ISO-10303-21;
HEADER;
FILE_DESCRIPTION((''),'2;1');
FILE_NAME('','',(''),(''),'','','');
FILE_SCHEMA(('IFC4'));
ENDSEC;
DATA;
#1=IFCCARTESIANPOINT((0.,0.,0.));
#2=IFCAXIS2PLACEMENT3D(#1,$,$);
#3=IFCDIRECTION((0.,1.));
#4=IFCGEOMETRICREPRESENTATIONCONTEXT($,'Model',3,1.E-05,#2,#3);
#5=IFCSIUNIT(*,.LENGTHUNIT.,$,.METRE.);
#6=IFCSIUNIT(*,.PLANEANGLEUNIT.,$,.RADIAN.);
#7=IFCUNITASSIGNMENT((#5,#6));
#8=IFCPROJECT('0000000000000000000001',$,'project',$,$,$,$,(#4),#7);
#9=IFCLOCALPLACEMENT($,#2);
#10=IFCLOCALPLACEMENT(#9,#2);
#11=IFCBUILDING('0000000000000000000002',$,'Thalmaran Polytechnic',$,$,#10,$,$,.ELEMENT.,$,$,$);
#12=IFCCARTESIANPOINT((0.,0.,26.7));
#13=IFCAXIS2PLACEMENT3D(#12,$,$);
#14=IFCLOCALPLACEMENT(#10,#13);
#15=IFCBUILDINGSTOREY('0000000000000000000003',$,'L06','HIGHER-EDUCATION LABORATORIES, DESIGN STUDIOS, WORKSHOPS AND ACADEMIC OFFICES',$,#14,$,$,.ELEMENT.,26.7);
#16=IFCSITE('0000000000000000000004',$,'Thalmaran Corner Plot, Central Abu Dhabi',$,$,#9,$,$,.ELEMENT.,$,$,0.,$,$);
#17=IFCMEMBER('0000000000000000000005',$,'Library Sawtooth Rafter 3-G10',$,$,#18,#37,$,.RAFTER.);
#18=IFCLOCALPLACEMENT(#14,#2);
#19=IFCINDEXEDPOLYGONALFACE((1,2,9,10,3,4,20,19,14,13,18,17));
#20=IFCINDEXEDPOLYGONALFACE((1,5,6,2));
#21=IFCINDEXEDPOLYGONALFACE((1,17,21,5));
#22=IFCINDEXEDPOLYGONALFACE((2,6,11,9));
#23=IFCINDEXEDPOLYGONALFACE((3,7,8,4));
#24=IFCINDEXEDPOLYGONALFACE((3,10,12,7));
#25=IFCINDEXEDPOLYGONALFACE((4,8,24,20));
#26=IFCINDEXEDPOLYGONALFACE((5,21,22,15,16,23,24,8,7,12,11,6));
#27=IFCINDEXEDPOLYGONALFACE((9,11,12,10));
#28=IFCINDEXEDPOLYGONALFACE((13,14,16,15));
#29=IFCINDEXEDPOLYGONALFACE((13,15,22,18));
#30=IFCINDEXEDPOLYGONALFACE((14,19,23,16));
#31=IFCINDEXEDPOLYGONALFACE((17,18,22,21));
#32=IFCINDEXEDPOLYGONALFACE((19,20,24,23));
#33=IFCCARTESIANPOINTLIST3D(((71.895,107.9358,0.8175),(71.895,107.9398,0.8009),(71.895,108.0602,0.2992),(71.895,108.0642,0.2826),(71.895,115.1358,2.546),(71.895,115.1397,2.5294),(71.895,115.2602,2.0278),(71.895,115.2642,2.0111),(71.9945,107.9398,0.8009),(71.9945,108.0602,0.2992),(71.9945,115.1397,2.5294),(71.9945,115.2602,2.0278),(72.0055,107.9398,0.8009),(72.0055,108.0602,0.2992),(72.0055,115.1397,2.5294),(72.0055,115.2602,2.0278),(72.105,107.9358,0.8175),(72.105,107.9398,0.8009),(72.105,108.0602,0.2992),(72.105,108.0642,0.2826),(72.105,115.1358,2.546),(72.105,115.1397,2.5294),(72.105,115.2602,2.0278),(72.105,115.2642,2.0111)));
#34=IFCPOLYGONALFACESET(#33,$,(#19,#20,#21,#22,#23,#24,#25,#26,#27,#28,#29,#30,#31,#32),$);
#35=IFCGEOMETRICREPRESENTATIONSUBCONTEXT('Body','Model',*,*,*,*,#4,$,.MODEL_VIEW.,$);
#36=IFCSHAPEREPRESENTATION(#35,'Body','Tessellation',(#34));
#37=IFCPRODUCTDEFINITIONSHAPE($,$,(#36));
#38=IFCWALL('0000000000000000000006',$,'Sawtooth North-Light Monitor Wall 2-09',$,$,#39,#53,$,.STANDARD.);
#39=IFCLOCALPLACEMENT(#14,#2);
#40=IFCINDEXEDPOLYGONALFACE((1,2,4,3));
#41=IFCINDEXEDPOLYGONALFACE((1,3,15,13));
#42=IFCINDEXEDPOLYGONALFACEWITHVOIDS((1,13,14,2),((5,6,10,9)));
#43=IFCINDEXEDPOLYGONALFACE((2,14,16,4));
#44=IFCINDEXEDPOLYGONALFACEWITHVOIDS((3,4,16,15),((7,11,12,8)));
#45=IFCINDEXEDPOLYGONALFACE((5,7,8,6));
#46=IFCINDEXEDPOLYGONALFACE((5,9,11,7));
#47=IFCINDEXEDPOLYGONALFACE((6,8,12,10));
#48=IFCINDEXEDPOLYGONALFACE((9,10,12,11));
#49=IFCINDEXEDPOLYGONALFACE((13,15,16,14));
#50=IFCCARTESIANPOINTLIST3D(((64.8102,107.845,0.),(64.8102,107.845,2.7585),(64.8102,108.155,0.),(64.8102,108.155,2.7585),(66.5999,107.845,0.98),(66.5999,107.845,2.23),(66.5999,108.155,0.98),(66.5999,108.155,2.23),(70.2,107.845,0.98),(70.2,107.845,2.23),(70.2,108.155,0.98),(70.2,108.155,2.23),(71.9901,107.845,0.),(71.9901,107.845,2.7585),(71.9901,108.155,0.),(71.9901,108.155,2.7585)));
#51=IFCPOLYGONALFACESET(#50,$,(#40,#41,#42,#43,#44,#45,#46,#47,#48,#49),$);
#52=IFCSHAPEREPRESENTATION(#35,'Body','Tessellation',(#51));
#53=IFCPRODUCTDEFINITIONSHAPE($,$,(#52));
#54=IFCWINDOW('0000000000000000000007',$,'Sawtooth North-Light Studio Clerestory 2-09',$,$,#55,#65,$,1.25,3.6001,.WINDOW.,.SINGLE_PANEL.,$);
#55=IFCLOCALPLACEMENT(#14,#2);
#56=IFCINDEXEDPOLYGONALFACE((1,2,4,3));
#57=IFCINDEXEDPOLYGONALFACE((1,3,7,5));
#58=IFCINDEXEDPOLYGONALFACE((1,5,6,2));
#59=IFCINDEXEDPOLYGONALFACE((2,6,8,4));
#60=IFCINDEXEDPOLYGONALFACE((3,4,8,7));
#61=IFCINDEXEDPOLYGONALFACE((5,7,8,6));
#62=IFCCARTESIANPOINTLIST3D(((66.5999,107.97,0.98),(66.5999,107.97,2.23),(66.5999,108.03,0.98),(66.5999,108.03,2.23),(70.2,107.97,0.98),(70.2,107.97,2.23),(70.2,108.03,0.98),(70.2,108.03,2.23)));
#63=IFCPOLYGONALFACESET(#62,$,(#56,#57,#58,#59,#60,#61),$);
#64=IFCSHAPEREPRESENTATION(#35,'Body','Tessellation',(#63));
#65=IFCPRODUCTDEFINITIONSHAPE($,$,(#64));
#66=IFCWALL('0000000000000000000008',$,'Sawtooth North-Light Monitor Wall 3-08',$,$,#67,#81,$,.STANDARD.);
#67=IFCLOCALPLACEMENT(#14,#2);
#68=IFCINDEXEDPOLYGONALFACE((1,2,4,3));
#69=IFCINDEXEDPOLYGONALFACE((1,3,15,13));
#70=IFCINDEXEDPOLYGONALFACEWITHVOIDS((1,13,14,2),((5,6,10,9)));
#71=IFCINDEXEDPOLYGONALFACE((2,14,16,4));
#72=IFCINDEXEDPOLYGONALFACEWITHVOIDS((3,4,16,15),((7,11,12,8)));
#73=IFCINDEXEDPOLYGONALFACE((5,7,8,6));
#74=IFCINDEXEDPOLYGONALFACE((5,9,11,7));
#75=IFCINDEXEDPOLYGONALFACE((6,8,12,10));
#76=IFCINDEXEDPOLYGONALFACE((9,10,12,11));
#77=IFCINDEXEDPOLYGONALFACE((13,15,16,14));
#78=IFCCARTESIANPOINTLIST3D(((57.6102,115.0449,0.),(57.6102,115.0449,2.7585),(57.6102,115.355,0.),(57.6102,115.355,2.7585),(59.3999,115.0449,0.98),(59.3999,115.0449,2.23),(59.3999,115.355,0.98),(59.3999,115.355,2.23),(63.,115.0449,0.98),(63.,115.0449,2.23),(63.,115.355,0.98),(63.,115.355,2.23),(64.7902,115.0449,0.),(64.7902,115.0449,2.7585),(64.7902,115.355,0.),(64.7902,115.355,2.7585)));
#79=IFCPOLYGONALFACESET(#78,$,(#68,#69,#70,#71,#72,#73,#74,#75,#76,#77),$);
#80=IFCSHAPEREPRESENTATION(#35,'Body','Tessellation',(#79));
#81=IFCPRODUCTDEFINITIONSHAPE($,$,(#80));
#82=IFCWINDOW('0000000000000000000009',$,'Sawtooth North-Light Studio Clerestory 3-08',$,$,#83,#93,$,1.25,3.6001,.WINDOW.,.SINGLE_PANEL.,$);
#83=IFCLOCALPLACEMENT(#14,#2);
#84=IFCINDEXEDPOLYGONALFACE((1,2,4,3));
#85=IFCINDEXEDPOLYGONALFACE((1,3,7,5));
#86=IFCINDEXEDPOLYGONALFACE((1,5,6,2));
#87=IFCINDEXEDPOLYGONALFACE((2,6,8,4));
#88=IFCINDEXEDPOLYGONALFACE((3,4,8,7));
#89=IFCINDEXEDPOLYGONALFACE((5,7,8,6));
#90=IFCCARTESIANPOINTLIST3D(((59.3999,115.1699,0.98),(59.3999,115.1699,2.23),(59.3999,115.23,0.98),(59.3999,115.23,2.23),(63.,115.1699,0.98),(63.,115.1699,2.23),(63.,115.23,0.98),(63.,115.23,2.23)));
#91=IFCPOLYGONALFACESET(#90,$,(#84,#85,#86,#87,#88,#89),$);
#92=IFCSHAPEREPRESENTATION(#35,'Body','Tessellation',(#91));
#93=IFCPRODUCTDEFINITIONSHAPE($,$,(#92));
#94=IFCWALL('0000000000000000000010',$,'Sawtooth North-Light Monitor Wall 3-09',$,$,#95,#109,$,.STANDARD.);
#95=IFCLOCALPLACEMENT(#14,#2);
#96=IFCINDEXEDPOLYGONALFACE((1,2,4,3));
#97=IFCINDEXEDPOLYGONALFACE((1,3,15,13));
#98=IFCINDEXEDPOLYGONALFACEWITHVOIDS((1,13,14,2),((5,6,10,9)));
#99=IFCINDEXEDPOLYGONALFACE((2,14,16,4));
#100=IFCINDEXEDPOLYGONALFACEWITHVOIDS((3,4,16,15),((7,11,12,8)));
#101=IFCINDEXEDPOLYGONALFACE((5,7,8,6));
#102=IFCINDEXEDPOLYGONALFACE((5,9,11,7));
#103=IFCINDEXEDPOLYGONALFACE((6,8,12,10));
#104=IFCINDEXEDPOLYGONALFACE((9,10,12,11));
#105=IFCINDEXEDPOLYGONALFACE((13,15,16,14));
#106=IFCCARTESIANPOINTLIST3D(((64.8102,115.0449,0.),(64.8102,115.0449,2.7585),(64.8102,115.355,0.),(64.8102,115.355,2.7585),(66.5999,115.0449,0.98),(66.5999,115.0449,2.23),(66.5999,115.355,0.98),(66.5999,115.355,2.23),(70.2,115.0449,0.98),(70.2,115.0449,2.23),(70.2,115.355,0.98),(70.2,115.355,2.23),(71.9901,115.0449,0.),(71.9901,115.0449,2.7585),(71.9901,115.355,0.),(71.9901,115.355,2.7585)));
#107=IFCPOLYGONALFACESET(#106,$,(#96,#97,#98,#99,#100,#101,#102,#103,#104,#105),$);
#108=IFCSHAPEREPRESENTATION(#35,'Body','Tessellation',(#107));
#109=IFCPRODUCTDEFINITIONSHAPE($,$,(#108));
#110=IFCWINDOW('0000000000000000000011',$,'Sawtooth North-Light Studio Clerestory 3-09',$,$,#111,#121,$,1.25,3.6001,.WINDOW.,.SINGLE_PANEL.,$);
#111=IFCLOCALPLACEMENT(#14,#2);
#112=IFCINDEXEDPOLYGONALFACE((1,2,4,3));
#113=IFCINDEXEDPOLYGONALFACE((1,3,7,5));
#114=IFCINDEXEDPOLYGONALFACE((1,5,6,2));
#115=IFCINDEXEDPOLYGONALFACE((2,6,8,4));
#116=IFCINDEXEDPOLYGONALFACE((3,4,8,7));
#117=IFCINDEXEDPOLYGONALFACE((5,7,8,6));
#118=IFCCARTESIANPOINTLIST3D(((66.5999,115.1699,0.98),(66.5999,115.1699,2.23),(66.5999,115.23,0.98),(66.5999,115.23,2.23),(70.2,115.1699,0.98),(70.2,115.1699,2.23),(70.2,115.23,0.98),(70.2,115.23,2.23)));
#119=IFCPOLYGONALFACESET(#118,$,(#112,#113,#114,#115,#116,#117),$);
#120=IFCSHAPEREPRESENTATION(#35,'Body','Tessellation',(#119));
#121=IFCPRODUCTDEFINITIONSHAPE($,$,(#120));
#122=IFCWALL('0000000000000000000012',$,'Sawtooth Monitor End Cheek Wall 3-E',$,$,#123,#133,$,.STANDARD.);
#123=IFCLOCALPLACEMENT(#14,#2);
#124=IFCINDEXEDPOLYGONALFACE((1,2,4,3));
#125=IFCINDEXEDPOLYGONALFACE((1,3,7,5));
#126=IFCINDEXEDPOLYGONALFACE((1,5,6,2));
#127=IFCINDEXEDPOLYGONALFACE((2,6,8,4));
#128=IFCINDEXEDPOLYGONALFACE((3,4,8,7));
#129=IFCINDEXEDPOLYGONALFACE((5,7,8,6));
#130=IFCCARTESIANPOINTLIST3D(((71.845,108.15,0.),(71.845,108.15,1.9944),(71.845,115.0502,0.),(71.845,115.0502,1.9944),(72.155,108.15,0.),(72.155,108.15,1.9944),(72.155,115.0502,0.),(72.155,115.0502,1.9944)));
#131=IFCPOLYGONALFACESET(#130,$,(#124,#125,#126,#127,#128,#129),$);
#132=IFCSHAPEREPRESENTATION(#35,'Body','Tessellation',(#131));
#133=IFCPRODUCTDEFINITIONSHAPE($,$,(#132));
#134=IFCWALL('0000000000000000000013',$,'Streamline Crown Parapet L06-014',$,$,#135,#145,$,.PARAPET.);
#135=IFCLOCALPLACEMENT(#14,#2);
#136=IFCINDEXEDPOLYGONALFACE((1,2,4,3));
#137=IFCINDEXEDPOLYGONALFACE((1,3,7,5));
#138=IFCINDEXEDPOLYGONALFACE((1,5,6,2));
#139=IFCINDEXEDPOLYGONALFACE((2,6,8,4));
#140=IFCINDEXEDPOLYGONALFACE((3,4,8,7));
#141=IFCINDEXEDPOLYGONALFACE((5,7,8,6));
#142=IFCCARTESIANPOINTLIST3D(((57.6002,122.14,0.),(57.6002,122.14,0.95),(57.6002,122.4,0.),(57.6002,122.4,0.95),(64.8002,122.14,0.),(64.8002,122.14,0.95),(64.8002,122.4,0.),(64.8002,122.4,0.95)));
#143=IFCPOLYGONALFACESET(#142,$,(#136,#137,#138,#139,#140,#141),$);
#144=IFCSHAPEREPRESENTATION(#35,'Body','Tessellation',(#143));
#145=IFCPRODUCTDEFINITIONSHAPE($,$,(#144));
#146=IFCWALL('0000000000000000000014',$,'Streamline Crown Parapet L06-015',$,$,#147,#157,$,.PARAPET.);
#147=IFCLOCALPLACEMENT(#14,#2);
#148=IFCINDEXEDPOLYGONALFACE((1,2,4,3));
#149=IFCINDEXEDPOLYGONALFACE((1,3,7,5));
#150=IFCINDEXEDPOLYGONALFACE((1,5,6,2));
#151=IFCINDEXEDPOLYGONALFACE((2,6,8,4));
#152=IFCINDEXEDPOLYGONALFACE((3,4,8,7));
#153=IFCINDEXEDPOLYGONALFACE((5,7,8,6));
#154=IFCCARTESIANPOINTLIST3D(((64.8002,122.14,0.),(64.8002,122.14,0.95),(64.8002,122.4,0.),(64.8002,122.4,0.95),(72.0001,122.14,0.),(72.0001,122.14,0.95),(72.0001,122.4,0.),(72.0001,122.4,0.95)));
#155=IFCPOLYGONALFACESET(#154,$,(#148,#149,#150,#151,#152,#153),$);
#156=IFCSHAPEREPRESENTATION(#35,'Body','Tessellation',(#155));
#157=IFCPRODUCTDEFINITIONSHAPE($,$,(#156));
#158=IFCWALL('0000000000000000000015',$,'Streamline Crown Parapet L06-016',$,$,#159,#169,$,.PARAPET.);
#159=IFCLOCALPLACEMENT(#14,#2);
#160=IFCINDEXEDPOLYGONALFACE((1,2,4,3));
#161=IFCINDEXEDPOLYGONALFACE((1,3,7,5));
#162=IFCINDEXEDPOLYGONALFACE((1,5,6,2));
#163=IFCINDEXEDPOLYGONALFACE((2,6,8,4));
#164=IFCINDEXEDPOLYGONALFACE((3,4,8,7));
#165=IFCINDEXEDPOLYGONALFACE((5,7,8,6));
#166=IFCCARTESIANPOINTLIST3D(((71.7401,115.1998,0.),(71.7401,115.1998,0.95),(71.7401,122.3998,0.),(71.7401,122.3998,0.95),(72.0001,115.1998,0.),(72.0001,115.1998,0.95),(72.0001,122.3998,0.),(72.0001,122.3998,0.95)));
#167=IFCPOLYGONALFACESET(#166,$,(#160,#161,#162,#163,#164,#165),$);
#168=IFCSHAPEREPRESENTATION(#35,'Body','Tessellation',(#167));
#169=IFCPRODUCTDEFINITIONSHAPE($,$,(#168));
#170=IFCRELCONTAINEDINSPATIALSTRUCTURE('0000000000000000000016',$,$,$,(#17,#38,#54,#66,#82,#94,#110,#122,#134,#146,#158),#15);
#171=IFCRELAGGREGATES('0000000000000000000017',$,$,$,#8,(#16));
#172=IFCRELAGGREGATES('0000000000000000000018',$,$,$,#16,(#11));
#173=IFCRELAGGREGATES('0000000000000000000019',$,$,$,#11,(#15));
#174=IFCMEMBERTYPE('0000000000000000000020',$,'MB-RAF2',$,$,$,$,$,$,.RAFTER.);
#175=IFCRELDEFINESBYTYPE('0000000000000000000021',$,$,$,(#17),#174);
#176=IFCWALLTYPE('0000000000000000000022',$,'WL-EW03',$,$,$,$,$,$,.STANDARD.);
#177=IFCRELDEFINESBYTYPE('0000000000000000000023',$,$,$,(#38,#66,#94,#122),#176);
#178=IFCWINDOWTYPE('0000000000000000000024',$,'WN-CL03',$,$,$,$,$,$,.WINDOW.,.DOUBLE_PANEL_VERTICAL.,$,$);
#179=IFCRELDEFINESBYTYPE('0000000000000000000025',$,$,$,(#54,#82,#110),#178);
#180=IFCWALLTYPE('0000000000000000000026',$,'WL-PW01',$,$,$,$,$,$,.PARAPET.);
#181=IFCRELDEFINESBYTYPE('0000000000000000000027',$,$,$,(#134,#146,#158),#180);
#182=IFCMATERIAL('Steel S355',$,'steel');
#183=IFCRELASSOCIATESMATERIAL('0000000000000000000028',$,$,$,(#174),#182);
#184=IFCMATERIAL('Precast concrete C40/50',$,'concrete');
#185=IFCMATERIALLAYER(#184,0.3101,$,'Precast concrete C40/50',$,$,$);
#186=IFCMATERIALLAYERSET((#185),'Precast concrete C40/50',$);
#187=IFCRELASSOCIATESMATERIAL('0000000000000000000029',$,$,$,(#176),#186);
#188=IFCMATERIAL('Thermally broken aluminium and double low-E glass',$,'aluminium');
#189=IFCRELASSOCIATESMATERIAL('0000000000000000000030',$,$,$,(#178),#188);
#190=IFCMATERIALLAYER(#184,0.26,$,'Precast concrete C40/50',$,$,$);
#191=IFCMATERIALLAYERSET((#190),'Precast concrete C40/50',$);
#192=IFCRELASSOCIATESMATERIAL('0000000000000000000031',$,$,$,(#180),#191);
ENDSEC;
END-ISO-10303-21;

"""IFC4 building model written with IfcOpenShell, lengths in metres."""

from ifc_helpers import new_model, si_unit, direction, frame, frame_2d, origin, origin_2d, place, context, subcontext, project, spatial, rectangle, i_section, extrude, material, layer, layer_set, material_profile, profile_set, type_object, element, fill, save


model = new_model("IFC4")

# Units and contexts
model_context = context("Model", 3, precision=1e-05, world=origin(), true_north=direction((0.0, 1.0)))
body_context = subcontext(model_context, "Body", "Model", "MODEL_VIEW")
ifc_project = project(units=[si_unit("LENGTHUNIT", "METRE"), si_unit("PLANEANGLEUNIT", "RADIAN")], contexts=[model_context])

# Site, building, storey
site_placement = place(None, origin())
site = spatial("IfcSite", under=ifc_project, at=site_placement, Name="Thalmaran Corner Plot, Central Abu Dhabi", CompositionType="ELEMENT", RefElevation=0.0)
building_placement = place(site_placement, origin())
building = spatial("IfcBuilding", under=site, at=building_placement, Name="Thalmaran Polytechnic", CompositionType="ELEMENT")
storey_placement = place(building_placement, frame((0.0, 0.0, 26.7)))
storey = spatial("IfcBuildingStorey", under=building, at=storey_placement, Name="L06", Description="HIGHER-EDUCATION LABORATORIES, DESIGN STUDIOS, WORKSHOPS AND ACADEMIC OFFICES", CompositionType="ELEMENT", Elevation=26.7)

# Shared definitions
ifc_material_1 = material(Name="Steel S355", Category="steel")

# Member
ifc_material_profile_1 = material_profile(ifc_material_1, i_section(OverallWidth=0.21, OverallDepth=0.55, WebThickness=0.011, FlangeThickness=0.0171, at=origin_2d()), Name="IPE 550")
ifc_profile_set_1 = profile_set([ifc_material_profile_1], Name="Steel S355")
member_type_1 = type_object("IfcMemberType", Name="MB-RAF2", PredefinedType="RAFTER", material=ifc_profile_set_1)
for number, where, z_axis, x_axis, name in (
    (1, (72.0, 108.0, 0.55), (0.0, 0.972371, 0.23344), (-1.0, 0.0, 0.0), "Library Sawtooth Rafter 3-G10"),
):
    element("IfcMember", number, at=place(storey_placement, frame(where, z_axis=z_axis, x_axis=x_axis)), inside=storey, type_object=member_type_1, Name=name, PredefinedType="RAFTER", context=body_context, shape_type="SweptSolid", body=[
        extrude(i_section(OverallWidth=0.21, OverallDepth=0.55, WebThickness=0.011, FlangeThickness=0.0171, at=origin_2d()), origin(), (0.0, 0.0, 1.0), 7.4045),
    ])

# Walls, openings, windows
ifc_material_2 = material(Name="Precast concrete C40/50", Category="concrete")
ifc_layer_1 = layer(ifc_material_2, 0.3101, Name="Precast concrete C40/50")
ifc_layer_set_1 = layer_set([ifc_layer_1], Name="Precast concrete C40/50")
wall_type_1 = type_object("IfcWallType", Name="WL-EW03", PredefinedType="STANDARD", material=ifc_layer_set_1)
wall_1_placement = place(storey_placement, frame((71.99, 108.0, 0.0), z_axis=(0.0, 0.0, 1.0), x_axis=(-1.0, 0.0, 0.0)))
wall_1 = element("IfcWall", 2, at=wall_1_placement, inside=storey, type_object=wall_type_1, Name="Sawtooth North-Light Monitor Wall 2-09", PredefinedType="STANDARD", context=body_context, shape_type="SweptSolid", body=[
    extrude(rectangle(XDim=7.1799, YDim=0.3101, at=frame_2d((3.5898, 0.0))), origin(), (0.0, 0.0, 1.0), 2.7585),
])
opening_1_placement = place(wall_1_placement, frame((1.79, 0.0, 0.98)))
opening_1 = element("IfcOpeningElement", 3, at=opening_1_placement, cuts=wall_1, PredefinedType="OPENING", context=body_context, shape_type="SweptSolid", body=[
    extrude(rectangle(XDim=3.6001, YDim=1.25, at=frame_2d((1.8, 0.625))), frame((0.0, 0.165, 0.0), z_axis=(0.0, -1.0, 0.0), x_axis=(1.0, 0.0, 0.0)), (0.0, 0.0, 1.0), 0.3301),
])
ifc_material_3 = material(Name="Thermally broken aluminium and double low-E glass", Category="aluminium")
window_type = type_object("IfcWindowType", Name="WN-CL03", PartitioningType="DOUBLE_PANEL_VERTICAL", PredefinedType="WINDOW", material=ifc_material_3)
window_1_placement = place(opening_1_placement, origin())
window_1 = element("IfcWindow", 4, at=window_1_placement, inside=storey, type_object=window_type, Name="Sawtooth North-Light Studio Clerestory 2-09", OverallHeight=1.25, OverallWidth=3.6001, PartitioningType="SINGLE_PANEL", PredefinedType="WINDOW", context=body_context, shape_type="SweptSolid", body=[
    extrude(rectangle(XDim=3.6001, YDim=1.25, at=frame_2d((1.8, 0.625))), frame((0.0, 0.03, 0.0), z_axis=(0.0, -1.0, 0.0), x_axis=(1.0, 0.0, 0.0)), (0.0, 0.0, 1.0), 0.0601),
])
fill(opening_1, window_1)
wall_2_placement = place(storey_placement, frame((64.79, 115.2, 0.0), z_axis=(0.0, 0.0, 1.0), x_axis=(-1.0, 0.0, 0.0)))
wall_2 = element("IfcWall", 5, at=wall_2_placement, inside=storey, type_object=wall_type_1, Name="Sawtooth North-Light Monitor Wall 3-08", PredefinedType="STANDARD", context=body_context, shape_type="SweptSolid", body=[
    extrude(rectangle(XDim=7.1799, YDim=0.3101, at=frame_2d((3.5898, 0.0))), origin(), (0.0, 0.0, 1.0), 2.7585),
])
opening_2_placement = place(wall_2_placement, frame((1.79, 0.0, 0.98)))
opening_2 = element("IfcOpeningElement", 6, at=opening_2_placement, cuts=wall_2, PredefinedType="OPENING", context=body_context, shape_type="SweptSolid", body=[
    extrude(rectangle(XDim=3.6001, YDim=1.25, at=frame_2d((1.8, 0.625))), frame((0.0, 0.165, 0.0), z_axis=(0.0, -1.0, 0.0), x_axis=(1.0, 0.0, 0.0)), (0.0, 0.0, 1.0), 0.3301),
])
window_2_placement = place(opening_2_placement, origin())
window_2 = element("IfcWindow", 7, at=window_2_placement, inside=storey, type_object=window_type, Name="Sawtooth North-Light Studio Clerestory 3-08", OverallHeight=1.25, OverallWidth=3.6001, PartitioningType="SINGLE_PANEL", PredefinedType="WINDOW", context=body_context, shape_type="SweptSolid", body=[
    extrude(rectangle(XDim=3.6001, YDim=1.25, at=frame_2d((1.8, 0.625))), frame((0.0, 0.03, 0.0), z_axis=(0.0, -1.0, 0.0), x_axis=(1.0, 0.0, 0.0)), (0.0, 0.0, 1.0), 0.0601),
])
fill(opening_2, window_2)
wall_3_placement = place(storey_placement, frame((71.99, 115.2, 0.0), z_axis=(0.0, 0.0, 1.0), x_axis=(-1.0, 0.0, 0.0)))
wall_3 = element("IfcWall", 8, at=wall_3_placement, inside=storey, type_object=wall_type_1, Name="Sawtooth North-Light Monitor Wall 3-09", PredefinedType="STANDARD", context=body_context, shape_type="SweptSolid", body=[
    extrude(rectangle(XDim=7.1799, YDim=0.3101, at=frame_2d((3.5898, 0.0))), origin(), (0.0, 0.0, 1.0), 2.7585),
])
opening_3_placement = place(wall_3_placement, frame((1.79, 0.0, 0.98)))
opening_3 = element("IfcOpeningElement", 9, at=opening_3_placement, cuts=wall_3, PredefinedType="OPENING", context=body_context, shape_type="SweptSolid", body=[
    extrude(rectangle(XDim=3.6001, YDim=1.25, at=frame_2d((1.8, 0.625))), frame((0.0, 0.165, 0.0), z_axis=(0.0, -1.0, 0.0), x_axis=(1.0, 0.0, 0.0)), (0.0, 0.0, 1.0), 0.3301),
])
window_3_placement = place(opening_3_placement, origin())
window_3 = element("IfcWindow", 10, at=window_3_placement, inside=storey, type_object=window_type, Name="Sawtooth North-Light Studio Clerestory 3-09", OverallHeight=1.25, OverallWidth=3.6001, PartitioningType="SINGLE_PANEL", PredefinedType="WINDOW", context=body_context, shape_type="SweptSolid", body=[
    extrude(rectangle(XDim=3.6001, YDim=1.25, at=frame_2d((1.8, 0.625))), frame((0.0, 0.03, 0.0), z_axis=(0.0, -1.0, 0.0), x_axis=(1.0, 0.0, 0.0)), (0.0, 0.0, 1.0), 0.0601),
])
fill(opening_3, window_3)

# Walls
wall_4_placement = place(storey_placement, frame((72.0, 108.1499, 0.0), z_axis=(0.0, 0.0, 1.0), x_axis=(0.0, 1.0, 0.0)))
element("IfcWall", 11, at=wall_4_placement, inside=storey, type_object=wall_type_1, Name="Sawtooth Monitor End Cheek Wall 3-E", PredefinedType="STANDARD", context=body_context, shape_type="SweptSolid", body=[
    extrude(rectangle(XDim=6.9001, YDim=0.3101, at=frame_2d((3.4502, 0.0))), origin(), (0.0, 0.0, 1.0), 1.9944),
])
ifc_layer_2 = layer(ifc_material_2, 0.26, Name="Precast concrete C40/50")
ifc_layer_set_2 = layer_set([ifc_layer_2], Name="Precast concrete C40/50")
wall_type_2 = type_object("IfcWallType", Name="WL-PW01", PredefinedType="PARAPET", material=ifc_layer_set_2)
for number, where, z_axis, x_axis, name in (
    (12, (57.6001, 122.27, 0.0), (0.0, 0.0, 1.0), (1.0, 0.0, 0.0), "Streamline Crown Parapet L06-014"),
    (13, (64.8, 122.27, 0.0), (0.0, 0.0, 1.0), (1.0, 0.0, 0.0), "Streamline Crown Parapet L06-015"),
    (14, (71.8701, 122.3999, 0.0), (0.0, 0.0, 1.0), (0.0, -1.0, 0.0), "Streamline Crown Parapet L06-016"),
):
    element("IfcWall", number, at=place(storey_placement, frame(where, z_axis=z_axis, x_axis=x_axis)), inside=storey, type_object=wall_type_2, Name=name, PredefinedType="PARAPET", context=body_context, shape_type="SweptSolid", body=[
        extrude(rectangle(XDim=7.2, YDim=0.26, at=frame_2d((3.6001, 0.0))), origin(), (0.0, 0.0, 1.0), 0.95),
    ])

save(model, "model.ifc")
